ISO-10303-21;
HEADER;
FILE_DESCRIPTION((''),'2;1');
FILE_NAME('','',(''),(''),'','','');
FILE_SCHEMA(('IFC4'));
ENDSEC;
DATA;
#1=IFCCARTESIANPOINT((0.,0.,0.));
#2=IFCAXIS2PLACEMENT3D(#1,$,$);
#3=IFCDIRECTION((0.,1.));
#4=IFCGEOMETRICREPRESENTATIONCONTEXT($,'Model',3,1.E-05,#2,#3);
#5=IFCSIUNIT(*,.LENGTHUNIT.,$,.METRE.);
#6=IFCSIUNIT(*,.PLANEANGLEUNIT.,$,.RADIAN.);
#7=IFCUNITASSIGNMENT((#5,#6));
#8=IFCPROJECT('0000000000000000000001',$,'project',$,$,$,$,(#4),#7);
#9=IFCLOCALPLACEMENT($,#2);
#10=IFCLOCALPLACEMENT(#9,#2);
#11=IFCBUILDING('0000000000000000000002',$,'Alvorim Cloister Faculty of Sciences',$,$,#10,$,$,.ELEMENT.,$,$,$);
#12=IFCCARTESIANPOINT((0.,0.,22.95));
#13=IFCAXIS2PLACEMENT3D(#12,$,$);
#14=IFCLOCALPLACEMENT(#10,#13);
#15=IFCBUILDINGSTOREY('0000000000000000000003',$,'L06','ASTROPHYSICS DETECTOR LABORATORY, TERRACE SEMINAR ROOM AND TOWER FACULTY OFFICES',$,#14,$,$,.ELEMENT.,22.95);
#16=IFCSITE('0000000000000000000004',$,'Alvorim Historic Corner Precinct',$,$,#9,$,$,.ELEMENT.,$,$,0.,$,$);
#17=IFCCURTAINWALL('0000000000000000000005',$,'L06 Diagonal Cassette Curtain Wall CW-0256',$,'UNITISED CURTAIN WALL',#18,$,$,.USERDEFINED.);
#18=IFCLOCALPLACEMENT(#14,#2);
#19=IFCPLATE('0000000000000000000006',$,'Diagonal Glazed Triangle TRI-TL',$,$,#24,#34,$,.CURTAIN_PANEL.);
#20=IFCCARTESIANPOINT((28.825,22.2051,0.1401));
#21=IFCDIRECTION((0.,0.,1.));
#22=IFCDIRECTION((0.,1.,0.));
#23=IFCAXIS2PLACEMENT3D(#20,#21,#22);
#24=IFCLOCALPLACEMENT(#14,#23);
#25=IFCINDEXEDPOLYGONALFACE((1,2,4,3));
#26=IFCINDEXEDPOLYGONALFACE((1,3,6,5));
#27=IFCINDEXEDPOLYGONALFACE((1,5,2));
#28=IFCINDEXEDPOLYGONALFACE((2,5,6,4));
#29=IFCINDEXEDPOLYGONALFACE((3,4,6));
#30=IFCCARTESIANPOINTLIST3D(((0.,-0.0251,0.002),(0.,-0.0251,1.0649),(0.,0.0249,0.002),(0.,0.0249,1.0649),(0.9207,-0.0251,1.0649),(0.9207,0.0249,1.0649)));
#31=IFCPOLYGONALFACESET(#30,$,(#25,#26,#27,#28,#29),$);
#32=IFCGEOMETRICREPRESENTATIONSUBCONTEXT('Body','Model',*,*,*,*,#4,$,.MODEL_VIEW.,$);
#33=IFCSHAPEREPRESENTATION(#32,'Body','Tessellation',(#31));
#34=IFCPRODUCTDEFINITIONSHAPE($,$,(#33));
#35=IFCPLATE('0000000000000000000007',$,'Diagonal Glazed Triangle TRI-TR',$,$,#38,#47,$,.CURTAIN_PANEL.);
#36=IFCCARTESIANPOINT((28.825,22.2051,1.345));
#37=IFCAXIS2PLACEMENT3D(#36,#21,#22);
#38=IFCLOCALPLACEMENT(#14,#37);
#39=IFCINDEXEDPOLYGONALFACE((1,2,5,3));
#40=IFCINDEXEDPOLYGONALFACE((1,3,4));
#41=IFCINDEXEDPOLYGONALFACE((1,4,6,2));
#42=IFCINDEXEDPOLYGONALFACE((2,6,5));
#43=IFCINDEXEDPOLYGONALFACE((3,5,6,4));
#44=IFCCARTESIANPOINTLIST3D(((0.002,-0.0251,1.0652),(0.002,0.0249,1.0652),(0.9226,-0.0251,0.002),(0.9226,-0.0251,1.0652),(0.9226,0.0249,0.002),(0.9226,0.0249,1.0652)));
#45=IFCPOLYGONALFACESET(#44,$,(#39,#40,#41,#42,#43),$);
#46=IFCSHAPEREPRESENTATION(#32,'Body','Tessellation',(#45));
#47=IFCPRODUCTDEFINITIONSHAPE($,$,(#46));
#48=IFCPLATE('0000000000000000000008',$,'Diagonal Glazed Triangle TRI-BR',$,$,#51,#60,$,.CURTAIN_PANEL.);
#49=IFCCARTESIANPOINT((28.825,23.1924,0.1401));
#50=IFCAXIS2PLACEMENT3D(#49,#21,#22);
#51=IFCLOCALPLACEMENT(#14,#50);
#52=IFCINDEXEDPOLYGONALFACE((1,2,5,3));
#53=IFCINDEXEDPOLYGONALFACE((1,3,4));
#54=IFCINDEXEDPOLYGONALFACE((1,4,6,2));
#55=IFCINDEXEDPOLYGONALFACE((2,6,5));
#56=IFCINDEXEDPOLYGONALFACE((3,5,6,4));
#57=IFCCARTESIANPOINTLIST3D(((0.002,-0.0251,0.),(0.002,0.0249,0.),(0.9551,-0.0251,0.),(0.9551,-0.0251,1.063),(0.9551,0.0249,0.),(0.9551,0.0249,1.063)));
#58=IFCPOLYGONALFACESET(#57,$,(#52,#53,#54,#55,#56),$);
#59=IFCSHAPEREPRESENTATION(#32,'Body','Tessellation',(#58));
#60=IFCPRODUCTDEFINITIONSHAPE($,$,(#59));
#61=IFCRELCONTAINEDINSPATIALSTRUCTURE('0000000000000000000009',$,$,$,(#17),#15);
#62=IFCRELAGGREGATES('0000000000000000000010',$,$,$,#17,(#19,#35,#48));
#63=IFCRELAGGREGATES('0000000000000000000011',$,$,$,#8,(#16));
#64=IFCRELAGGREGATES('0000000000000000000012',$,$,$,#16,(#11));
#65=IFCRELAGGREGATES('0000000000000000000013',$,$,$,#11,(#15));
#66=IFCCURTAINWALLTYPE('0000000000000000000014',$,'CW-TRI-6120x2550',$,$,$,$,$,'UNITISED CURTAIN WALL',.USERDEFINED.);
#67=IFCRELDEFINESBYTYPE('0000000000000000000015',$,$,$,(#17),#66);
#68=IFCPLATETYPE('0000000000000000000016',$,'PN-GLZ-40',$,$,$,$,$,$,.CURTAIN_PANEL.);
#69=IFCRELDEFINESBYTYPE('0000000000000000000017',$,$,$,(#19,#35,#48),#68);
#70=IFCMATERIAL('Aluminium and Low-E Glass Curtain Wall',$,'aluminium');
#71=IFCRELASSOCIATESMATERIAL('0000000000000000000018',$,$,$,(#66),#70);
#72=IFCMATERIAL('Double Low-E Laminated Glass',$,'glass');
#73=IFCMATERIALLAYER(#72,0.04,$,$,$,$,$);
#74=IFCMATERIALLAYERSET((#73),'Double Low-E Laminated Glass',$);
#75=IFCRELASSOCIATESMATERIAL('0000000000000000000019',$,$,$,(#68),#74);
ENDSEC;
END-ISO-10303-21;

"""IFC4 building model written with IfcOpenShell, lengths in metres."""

from ifc_helpers import new_model, si_unit, direction, frame, origin, place, context, subcontext, project, spatial, polyline, outline, extrude, material, layer, layer_set, type_object, element, aggregate, save


model = new_model("IFC4")

# Units and contexts
model_context = context("Model", 3, precision=1e-05, world=origin(), true_north=direction((0.0, 1.0)))
body_context = subcontext(model_context, "Body", "Model", "MODEL_VIEW")
ifc_project = project(units=[si_unit("LENGTHUNIT", "METRE"), si_unit("PLANEANGLEUNIT", "RADIAN")], contexts=[model_context])

# Site, building, storey
site_placement = place(None, origin())
site = spatial("IfcSite", under=ifc_project, at=site_placement, Name="Alvorim Historic Corner Precinct", CompositionType="ELEMENT", RefElevation=0.0)
building_placement = place(site_placement, origin())
building = spatial("IfcBuilding", under=site, at=building_placement, Name="Alvorim Cloister Faculty of Sciences", CompositionType="ELEMENT")
storey_placement = place(building_placement, frame((0.0, 0.0, 22.95)))
storey = spatial("IfcBuildingStorey", under=building, at=storey_placement, Name="L06", Description="ASTROPHYSICS DETECTOR LABORATORY, TERRACE SEMINAR ROOM AND TOWER FACULTY OFFICES", CompositionType="ELEMENT", Elevation=22.95)

# Curtain wall, plates
ifc_material_1 = material(Name="Aluminium and Low-E Glass Curtain Wall", Category="aluminium")
curtain_wall_type = type_object("IfcCurtainWallType", Name="CW-TRI-6120x2550", ElementType="UNITISED CURTAIN WALL", PredefinedType="USERDEFINED", material=ifc_material_1)
curtain_wall_placement = place(storey_placement, origin())
curtain_wall = element("IfcCurtainWall", 1, at=curtain_wall_placement, inside=storey, type_object=curtain_wall_type, Name="L06 Diagonal Cassette Curtain Wall CW-0256", ObjectType="UNITISED CURTAIN WALL", PredefinedType="USERDEFINED")
ifc_material_2 = material(Name="Double Low-E Laminated Glass", Category="glass")
ifc_layer = layer(ifc_material_2, 0.04)
ifc_layer_set = layer_set([ifc_layer], Name="Double Low-E Laminated Glass")
plate_type = type_object("IfcPlateType", Name="PN-GLZ-40", PredefinedType="CURTAIN_PANEL", material=ifc_layer_set)
plate_1_placement = place(storey_placement, frame((28.825, 22.2051, 0.1401), z_axis=(0.0, 0.0, 1.0), x_axis=(0.0, 1.0, 0.0)))
plate_1 = element("IfcPlate", 2, at=plate_1_placement, type_object=plate_type, Name="Diagonal Glazed Triangle TRI-TL", PredefinedType="CURTAIN_PANEL", context=body_context, shape_type="SweptSolid", body=[
    extrude(outline(polyline([(0.9207, 1.0649), (0.0, 1.0649), (0.0, 0.002), (0.9207, 1.0649)])), frame((0.0, 0.0249, 0.0), z_axis=(0.0, -1.0, 0.0), x_axis=(1.0, 0.0, 0.0)), (0.0, 0.0, 1.0), 0.05),
])
plate_2_placement = place(storey_placement, frame((28.825, 22.2051, 1.345), z_axis=(0.0, 0.0, 1.0), x_axis=(0.0, 1.0, 0.0)))
plate_2 = element("IfcPlate", 3, at=plate_2_placement, type_object=plate_type, Name="Diagonal Glazed Triangle TRI-TR", PredefinedType="CURTAIN_PANEL", context=body_context, shape_type="SweptSolid", body=[
    extrude(outline(polyline([(0.9226, 0.002), (0.9226, 1.0652), (0.002, 1.0652), (0.9226, 0.002)])), frame((0.0, 0.0249, 0.0), z_axis=(0.0, -1.0, 0.0), x_axis=(1.0, 0.0, 0.0)), (0.0, 0.0, 1.0), 0.05),
])
plate_3_placement = place(storey_placement, frame((28.825, 23.1924, 0.1401), z_axis=(0.0, 0.0, 1.0), x_axis=(0.0, 1.0, 0.0)))
plate_3 = element("IfcPlate", 4, at=plate_3_placement, type_object=plate_type, Name="Diagonal Glazed Triangle TRI-BR", PredefinedType="CURTAIN_PANEL", context=body_context, shape_type="SweptSolid", body=[
    extrude(outline(polyline([(0.002, 0.0), (0.9551, 0.0), (0.9551, 1.063), (0.002, 0.0)])), frame((0.0, 0.0249, 0.0), z_axis=(0.0, -1.0, 0.0), x_axis=(1.0, 0.0, 0.0)), (0.0, 0.0, 1.0), 0.05),
])
aggregate(curtain_wall, [plate_1, plate_2, plate_3])

save(model, "model.ifc")
